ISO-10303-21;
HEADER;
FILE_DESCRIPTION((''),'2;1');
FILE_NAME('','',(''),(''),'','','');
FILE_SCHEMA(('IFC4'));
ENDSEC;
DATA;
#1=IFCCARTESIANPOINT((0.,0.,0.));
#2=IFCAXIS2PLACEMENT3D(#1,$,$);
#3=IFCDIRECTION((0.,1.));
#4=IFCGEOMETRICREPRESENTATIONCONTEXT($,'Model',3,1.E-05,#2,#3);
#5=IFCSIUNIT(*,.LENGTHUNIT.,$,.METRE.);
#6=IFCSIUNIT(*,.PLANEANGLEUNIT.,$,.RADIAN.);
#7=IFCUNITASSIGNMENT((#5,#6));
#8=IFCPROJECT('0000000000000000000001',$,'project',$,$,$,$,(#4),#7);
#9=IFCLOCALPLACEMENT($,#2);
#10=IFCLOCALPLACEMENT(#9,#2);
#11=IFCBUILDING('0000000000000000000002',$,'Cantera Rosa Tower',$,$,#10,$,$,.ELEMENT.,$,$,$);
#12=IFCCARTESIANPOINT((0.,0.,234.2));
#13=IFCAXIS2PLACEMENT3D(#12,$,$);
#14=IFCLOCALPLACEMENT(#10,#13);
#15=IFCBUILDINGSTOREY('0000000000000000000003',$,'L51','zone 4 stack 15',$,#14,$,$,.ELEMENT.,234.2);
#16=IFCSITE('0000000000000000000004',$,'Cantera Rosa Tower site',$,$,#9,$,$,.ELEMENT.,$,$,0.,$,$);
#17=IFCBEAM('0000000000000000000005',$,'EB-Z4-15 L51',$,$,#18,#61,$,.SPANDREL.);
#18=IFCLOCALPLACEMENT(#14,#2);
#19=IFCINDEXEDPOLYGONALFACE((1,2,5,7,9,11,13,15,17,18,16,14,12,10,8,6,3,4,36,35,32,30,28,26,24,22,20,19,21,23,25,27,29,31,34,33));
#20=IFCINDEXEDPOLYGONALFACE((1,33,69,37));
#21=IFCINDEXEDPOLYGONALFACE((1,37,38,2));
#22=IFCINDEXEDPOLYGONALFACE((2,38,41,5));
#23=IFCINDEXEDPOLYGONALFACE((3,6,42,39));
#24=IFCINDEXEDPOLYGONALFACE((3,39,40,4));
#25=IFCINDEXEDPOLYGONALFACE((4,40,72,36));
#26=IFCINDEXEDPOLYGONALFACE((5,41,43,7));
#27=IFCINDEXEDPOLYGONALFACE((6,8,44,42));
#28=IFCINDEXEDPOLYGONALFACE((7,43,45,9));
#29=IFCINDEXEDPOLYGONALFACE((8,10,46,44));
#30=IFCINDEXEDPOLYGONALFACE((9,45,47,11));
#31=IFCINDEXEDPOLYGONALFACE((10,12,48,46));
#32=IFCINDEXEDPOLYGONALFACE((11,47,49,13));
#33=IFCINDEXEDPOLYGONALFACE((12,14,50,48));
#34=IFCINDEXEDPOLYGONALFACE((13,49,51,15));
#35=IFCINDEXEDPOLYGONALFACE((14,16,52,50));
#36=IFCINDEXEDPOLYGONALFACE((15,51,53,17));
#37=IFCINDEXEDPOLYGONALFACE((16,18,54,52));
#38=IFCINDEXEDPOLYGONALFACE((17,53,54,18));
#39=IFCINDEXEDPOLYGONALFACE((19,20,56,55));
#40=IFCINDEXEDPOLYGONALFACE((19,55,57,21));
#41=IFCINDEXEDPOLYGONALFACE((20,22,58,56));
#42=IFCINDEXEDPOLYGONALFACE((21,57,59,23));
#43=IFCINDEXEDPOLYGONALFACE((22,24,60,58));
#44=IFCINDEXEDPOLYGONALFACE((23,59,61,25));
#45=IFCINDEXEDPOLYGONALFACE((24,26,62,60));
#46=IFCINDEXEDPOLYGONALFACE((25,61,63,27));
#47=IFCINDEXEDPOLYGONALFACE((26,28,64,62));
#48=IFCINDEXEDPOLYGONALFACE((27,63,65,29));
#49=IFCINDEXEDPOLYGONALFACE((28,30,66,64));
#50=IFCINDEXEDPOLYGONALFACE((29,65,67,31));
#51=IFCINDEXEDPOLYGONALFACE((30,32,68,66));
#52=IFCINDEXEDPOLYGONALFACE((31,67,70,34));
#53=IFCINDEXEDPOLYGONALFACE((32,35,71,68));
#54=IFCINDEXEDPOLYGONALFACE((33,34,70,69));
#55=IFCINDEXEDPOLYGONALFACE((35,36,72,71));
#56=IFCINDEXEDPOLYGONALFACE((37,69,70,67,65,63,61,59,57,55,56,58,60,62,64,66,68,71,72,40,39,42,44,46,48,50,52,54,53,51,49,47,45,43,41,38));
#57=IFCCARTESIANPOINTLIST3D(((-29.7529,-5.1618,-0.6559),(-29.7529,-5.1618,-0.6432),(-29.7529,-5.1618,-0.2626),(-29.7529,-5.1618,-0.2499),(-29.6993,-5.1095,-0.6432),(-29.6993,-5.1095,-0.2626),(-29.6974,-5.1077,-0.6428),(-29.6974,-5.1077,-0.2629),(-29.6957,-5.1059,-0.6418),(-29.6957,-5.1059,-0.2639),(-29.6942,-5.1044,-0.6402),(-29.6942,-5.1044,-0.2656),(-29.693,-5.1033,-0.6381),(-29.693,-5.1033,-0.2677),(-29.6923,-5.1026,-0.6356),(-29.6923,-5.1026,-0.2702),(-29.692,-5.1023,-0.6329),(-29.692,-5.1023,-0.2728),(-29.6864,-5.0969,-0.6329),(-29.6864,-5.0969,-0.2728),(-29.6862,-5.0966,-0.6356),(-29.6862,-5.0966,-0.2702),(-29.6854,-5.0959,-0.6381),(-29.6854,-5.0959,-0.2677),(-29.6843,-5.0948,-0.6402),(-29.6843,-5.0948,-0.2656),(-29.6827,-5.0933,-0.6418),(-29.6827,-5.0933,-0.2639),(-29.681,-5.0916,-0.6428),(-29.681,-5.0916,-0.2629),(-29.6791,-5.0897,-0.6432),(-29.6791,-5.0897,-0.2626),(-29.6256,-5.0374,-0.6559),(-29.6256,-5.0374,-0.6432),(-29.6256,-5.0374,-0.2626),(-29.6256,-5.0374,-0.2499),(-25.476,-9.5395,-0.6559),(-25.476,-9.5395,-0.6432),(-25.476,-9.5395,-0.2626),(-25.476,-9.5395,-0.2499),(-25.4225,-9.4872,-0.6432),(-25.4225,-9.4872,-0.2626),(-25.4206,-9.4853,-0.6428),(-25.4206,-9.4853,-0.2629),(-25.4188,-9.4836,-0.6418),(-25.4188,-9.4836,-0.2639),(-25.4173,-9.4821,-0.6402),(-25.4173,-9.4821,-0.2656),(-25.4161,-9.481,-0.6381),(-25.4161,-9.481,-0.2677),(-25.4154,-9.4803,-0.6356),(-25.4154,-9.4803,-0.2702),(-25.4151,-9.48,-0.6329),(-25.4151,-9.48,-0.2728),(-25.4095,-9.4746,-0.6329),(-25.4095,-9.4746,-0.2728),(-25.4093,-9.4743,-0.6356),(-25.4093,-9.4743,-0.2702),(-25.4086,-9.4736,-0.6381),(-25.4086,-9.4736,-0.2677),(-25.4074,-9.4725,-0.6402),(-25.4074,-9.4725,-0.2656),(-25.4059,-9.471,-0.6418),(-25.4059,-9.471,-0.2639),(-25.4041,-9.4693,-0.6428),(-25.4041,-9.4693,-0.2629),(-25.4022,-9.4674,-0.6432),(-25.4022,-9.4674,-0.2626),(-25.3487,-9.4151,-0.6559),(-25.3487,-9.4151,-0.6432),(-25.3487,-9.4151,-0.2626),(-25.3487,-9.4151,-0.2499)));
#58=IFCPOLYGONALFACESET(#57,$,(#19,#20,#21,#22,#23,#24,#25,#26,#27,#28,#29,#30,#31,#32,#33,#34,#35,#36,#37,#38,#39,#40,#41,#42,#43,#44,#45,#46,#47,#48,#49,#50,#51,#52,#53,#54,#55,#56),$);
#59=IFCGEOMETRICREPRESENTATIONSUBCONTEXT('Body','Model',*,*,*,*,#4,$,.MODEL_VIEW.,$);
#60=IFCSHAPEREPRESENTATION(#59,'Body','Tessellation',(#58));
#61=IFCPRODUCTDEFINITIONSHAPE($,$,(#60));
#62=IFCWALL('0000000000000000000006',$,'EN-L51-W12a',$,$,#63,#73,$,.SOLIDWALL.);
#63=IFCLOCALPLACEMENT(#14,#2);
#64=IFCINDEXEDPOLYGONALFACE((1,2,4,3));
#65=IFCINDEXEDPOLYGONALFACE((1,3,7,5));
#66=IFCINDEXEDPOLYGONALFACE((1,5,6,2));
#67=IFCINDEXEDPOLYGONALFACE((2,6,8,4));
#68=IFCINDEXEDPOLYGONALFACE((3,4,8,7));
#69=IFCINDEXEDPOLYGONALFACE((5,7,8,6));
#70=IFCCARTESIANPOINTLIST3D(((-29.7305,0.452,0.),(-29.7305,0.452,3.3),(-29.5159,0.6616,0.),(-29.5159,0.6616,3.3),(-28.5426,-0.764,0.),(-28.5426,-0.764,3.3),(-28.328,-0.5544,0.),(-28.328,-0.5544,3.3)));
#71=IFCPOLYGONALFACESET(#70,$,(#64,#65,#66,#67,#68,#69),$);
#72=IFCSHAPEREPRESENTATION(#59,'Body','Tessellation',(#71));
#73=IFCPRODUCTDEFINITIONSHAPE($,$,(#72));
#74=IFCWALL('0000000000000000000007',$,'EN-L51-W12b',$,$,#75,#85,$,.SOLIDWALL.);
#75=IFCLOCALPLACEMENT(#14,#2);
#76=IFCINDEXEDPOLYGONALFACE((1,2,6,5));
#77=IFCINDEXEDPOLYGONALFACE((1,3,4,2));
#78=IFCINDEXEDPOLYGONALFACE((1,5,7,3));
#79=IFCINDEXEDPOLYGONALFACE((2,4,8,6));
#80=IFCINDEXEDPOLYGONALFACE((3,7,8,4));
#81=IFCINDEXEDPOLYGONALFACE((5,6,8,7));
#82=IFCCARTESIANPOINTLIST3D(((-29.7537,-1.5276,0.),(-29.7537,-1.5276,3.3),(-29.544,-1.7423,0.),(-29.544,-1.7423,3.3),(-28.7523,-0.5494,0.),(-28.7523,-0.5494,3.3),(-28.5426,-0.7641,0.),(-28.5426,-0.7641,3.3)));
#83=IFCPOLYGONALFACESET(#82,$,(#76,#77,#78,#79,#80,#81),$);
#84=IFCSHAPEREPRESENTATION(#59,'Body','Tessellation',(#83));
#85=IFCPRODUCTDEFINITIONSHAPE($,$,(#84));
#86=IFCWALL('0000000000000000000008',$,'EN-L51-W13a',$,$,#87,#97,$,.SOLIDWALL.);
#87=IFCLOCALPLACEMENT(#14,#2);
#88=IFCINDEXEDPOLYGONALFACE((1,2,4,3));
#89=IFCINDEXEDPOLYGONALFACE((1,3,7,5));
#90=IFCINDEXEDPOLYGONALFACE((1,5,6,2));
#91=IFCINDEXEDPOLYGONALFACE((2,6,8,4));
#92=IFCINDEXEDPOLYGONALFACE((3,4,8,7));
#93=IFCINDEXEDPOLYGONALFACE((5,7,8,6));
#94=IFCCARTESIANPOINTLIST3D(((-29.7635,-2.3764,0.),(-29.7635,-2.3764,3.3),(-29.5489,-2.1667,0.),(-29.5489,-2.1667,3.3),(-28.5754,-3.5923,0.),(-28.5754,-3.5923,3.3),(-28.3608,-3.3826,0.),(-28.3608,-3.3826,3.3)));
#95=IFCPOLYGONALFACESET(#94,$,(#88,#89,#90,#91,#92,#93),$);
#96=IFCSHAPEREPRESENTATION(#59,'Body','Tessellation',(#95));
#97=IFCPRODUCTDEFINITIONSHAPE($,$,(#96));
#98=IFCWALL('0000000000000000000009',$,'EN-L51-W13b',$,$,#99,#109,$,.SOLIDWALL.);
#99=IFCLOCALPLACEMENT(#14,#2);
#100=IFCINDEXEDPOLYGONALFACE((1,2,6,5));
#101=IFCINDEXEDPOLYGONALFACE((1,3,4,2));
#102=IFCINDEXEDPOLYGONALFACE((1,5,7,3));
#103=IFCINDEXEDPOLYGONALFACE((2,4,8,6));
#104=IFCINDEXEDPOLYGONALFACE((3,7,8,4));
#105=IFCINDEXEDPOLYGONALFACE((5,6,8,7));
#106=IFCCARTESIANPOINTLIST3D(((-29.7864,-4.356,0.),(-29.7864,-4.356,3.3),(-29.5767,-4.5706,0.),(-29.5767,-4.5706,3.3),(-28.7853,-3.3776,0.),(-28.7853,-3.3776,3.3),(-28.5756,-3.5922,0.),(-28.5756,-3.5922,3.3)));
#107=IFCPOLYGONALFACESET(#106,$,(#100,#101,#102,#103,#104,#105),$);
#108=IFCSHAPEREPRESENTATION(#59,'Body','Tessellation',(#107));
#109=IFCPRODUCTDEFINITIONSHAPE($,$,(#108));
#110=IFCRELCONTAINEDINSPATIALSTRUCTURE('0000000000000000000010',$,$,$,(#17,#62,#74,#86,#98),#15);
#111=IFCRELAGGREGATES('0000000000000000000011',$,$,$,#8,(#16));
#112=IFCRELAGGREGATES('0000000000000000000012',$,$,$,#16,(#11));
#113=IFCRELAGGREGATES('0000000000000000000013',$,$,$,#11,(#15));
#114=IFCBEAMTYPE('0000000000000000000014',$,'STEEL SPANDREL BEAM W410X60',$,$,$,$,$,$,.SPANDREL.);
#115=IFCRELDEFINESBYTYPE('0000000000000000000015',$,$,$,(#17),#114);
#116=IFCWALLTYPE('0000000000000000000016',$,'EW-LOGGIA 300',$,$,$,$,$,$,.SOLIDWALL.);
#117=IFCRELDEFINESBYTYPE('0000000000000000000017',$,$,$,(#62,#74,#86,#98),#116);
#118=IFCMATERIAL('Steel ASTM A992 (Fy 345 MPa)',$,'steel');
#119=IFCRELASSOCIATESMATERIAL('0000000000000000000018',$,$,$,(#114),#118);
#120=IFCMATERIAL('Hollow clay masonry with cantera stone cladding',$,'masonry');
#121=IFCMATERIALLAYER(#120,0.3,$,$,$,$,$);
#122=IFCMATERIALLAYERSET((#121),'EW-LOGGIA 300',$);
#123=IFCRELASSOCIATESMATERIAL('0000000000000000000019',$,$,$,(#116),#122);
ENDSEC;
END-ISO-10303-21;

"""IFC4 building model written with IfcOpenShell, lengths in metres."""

from ifc_helpers import new_model, si_unit, direction, frame, frame_2d, origin, origin_2d, place, context, subcontext, project, spatial, rectangle, i_section, extrude, material, layer, layer_set, material_profile, profile_set, type_object, element, save


model = new_model("IFC4")

# Units and contexts
model_context = context("Model", 3, precision=1e-05, world=origin(), true_north=direction((0.0, 1.0)))
body_context = subcontext(model_context, "Body", "Model", "MODEL_VIEW")
ifc_project = project(units=[si_unit("LENGTHUNIT", "METRE"), si_unit("PLANEANGLEUNIT", "RADIAN")], contexts=[model_context])

# Site, building, storey
site_placement = place(None, origin())
site = spatial("IfcSite", under=ifc_project, at=site_placement, Name="Cantera Rosa Tower site", CompositionType="ELEMENT", RefElevation=0.0)
building_placement = place(site_placement, origin())
building = spatial("IfcBuilding", under=site, at=building_placement, Name="Cantera Rosa Tower", CompositionType="ELEMENT")
storey_placement = place(building_placement, frame((0.0, 0.0, 234.2)))
storey = spatial("IfcBuildingStorey", under=building, at=storey_placement, Name="L51", Description="zone 4 stack 15", CompositionType="ELEMENT", Elevation=234.2)

# Beam
ifc_material_1 = material(Name="Steel ASTM A992 (Fy 345 MPa)", Category="steel")
ifc_material_profile_1 = material_profile(ifc_material_1, i_section(OverallWidth=0.178, OverallDepth=0.406, WebThickness=0.0078, FlangeThickness=0.0127, FilletRadius=0.0103, at=origin_2d()), Name="W410X60")
ifc_profile_set_1 = profile_set([ifc_material_profile_1], Name="Steel ASTM A992 (Fy 345 MPa)")
beam_type_1 = type_object("IfcBeamType", Name="STEEL SPANDREL BEAM W410X60", PredefinedType="SPANDREL", material=ifc_profile_set_1)
beam_1_placement = place(storey_placement, frame((-29.6892, -5.0996, -0.4529), z_axis=(0.698821, -0.715296, 0.0), x_axis=(0.715296, 0.698821, 0.0)))
element("IfcBeam", 1, at=beam_1_placement, inside=storey, type_object=beam_type_1, Name="EB-Z4-15 L51", PredefinedType="SPANDREL", context=body_context, shape_type="SweptSolid", body=[
    extrude(i_section(OverallWidth=0.178, OverallDepth=0.406, WebThickness=0.0078, FlangeThickness=0.0127, FilletRadius=0.0103, at=origin_2d()), origin(), (0.0, 0.0, 1.0), 6.1201),
])

# Walls
ifc_material_2 = material(Name="Hollow clay masonry with cantera stone cladding", Category="masonry")
ifc_layer_1 = layer(ifc_material_2, 0.3)
ifc_layer_set_1 = layer_set([ifc_layer_1], Name="EW-LOGGIA 300")
wall_type_1 = type_object("IfcWallType", Name="EW-LOGGIA 300", PredefinedType="SOLIDWALL", material=ifc_layer_set_1)
wall_1_placement = place(storey_placement, frame((-29.6233, 0.5569, 0.0), z_axis=(0.0, 0.0, 1.0), x_axis=(0.698801, -0.715316, 0.0)))
element("IfcWall", 2, at=wall_1_placement, inside=storey, type_object=wall_type_1, Name="EN-L51-W12a", PredefinedType="SOLIDWALL", context=body_context, shape_type="SweptSolid", body=[
    extrude(rectangle(XDim=1.7, YDim=0.3, at=frame_2d((0.8501, 0.0))), origin(), (0.0, 0.0, 1.0), 3.3),
])
wall_2_placement = place(storey_placement, frame((-28.6475, -0.6567, 0.0), z_axis=(0.0, 0.0, 1.0), x_axis=(-0.715342, -0.698775, 0.0)))
element("IfcWall", 3, at=wall_2_placement, inside=storey, type_object=wall_type_1, Name="EN-L51-W12b", PredefinedType="SOLIDWALL", context=body_context, shape_type="SweptSolid", body=[
    extrude(rectangle(XDim=1.3999, YDim=0.3, at=frame_2d((0.7, 0.0))), origin(), (0.0, 0.0, 1.0), 3.3),
])
wall_3_placement = place(storey_placement, frame((-29.6562, -2.2715, 0.0), z_axis=(0.0, 0.0, 1.0), x_axis=(0.698873, -0.715246, 0.0)))
element("IfcWall", 4, at=wall_3_placement, inside=storey, type_object=wall_type_1, Name="EN-L51-W13a", PredefinedType="SOLIDWALL", context=body_context, shape_type="SweptSolid", body=[
    extrude(rectangle(XDim=1.7, YDim=0.3, at=frame_2d((0.8501, 0.0))), origin(), (0.0, 0.0, 1.0), 3.3),
])
wall_4_placement = place(storey_placement, frame((-28.6804, -3.4849, 0.0), z_axis=(0.0, 0.0, 1.0), x_axis=(-0.715169, -0.698951, 0.0)))
element("IfcWall", 5, at=wall_4_placement, inside=storey, type_object=wall_type_1, Name="EN-L51-W13b", PredefinedType="SOLIDWALL", context=body_context, shape_type="SweptSolid", body=[
    extrude(rectangle(XDim=1.3999, YDim=0.3, at=frame_2d((0.7, 0.0))), origin(), (0.0, 0.0, 1.0), 3.3),
])

save(model, "model.ifc")
